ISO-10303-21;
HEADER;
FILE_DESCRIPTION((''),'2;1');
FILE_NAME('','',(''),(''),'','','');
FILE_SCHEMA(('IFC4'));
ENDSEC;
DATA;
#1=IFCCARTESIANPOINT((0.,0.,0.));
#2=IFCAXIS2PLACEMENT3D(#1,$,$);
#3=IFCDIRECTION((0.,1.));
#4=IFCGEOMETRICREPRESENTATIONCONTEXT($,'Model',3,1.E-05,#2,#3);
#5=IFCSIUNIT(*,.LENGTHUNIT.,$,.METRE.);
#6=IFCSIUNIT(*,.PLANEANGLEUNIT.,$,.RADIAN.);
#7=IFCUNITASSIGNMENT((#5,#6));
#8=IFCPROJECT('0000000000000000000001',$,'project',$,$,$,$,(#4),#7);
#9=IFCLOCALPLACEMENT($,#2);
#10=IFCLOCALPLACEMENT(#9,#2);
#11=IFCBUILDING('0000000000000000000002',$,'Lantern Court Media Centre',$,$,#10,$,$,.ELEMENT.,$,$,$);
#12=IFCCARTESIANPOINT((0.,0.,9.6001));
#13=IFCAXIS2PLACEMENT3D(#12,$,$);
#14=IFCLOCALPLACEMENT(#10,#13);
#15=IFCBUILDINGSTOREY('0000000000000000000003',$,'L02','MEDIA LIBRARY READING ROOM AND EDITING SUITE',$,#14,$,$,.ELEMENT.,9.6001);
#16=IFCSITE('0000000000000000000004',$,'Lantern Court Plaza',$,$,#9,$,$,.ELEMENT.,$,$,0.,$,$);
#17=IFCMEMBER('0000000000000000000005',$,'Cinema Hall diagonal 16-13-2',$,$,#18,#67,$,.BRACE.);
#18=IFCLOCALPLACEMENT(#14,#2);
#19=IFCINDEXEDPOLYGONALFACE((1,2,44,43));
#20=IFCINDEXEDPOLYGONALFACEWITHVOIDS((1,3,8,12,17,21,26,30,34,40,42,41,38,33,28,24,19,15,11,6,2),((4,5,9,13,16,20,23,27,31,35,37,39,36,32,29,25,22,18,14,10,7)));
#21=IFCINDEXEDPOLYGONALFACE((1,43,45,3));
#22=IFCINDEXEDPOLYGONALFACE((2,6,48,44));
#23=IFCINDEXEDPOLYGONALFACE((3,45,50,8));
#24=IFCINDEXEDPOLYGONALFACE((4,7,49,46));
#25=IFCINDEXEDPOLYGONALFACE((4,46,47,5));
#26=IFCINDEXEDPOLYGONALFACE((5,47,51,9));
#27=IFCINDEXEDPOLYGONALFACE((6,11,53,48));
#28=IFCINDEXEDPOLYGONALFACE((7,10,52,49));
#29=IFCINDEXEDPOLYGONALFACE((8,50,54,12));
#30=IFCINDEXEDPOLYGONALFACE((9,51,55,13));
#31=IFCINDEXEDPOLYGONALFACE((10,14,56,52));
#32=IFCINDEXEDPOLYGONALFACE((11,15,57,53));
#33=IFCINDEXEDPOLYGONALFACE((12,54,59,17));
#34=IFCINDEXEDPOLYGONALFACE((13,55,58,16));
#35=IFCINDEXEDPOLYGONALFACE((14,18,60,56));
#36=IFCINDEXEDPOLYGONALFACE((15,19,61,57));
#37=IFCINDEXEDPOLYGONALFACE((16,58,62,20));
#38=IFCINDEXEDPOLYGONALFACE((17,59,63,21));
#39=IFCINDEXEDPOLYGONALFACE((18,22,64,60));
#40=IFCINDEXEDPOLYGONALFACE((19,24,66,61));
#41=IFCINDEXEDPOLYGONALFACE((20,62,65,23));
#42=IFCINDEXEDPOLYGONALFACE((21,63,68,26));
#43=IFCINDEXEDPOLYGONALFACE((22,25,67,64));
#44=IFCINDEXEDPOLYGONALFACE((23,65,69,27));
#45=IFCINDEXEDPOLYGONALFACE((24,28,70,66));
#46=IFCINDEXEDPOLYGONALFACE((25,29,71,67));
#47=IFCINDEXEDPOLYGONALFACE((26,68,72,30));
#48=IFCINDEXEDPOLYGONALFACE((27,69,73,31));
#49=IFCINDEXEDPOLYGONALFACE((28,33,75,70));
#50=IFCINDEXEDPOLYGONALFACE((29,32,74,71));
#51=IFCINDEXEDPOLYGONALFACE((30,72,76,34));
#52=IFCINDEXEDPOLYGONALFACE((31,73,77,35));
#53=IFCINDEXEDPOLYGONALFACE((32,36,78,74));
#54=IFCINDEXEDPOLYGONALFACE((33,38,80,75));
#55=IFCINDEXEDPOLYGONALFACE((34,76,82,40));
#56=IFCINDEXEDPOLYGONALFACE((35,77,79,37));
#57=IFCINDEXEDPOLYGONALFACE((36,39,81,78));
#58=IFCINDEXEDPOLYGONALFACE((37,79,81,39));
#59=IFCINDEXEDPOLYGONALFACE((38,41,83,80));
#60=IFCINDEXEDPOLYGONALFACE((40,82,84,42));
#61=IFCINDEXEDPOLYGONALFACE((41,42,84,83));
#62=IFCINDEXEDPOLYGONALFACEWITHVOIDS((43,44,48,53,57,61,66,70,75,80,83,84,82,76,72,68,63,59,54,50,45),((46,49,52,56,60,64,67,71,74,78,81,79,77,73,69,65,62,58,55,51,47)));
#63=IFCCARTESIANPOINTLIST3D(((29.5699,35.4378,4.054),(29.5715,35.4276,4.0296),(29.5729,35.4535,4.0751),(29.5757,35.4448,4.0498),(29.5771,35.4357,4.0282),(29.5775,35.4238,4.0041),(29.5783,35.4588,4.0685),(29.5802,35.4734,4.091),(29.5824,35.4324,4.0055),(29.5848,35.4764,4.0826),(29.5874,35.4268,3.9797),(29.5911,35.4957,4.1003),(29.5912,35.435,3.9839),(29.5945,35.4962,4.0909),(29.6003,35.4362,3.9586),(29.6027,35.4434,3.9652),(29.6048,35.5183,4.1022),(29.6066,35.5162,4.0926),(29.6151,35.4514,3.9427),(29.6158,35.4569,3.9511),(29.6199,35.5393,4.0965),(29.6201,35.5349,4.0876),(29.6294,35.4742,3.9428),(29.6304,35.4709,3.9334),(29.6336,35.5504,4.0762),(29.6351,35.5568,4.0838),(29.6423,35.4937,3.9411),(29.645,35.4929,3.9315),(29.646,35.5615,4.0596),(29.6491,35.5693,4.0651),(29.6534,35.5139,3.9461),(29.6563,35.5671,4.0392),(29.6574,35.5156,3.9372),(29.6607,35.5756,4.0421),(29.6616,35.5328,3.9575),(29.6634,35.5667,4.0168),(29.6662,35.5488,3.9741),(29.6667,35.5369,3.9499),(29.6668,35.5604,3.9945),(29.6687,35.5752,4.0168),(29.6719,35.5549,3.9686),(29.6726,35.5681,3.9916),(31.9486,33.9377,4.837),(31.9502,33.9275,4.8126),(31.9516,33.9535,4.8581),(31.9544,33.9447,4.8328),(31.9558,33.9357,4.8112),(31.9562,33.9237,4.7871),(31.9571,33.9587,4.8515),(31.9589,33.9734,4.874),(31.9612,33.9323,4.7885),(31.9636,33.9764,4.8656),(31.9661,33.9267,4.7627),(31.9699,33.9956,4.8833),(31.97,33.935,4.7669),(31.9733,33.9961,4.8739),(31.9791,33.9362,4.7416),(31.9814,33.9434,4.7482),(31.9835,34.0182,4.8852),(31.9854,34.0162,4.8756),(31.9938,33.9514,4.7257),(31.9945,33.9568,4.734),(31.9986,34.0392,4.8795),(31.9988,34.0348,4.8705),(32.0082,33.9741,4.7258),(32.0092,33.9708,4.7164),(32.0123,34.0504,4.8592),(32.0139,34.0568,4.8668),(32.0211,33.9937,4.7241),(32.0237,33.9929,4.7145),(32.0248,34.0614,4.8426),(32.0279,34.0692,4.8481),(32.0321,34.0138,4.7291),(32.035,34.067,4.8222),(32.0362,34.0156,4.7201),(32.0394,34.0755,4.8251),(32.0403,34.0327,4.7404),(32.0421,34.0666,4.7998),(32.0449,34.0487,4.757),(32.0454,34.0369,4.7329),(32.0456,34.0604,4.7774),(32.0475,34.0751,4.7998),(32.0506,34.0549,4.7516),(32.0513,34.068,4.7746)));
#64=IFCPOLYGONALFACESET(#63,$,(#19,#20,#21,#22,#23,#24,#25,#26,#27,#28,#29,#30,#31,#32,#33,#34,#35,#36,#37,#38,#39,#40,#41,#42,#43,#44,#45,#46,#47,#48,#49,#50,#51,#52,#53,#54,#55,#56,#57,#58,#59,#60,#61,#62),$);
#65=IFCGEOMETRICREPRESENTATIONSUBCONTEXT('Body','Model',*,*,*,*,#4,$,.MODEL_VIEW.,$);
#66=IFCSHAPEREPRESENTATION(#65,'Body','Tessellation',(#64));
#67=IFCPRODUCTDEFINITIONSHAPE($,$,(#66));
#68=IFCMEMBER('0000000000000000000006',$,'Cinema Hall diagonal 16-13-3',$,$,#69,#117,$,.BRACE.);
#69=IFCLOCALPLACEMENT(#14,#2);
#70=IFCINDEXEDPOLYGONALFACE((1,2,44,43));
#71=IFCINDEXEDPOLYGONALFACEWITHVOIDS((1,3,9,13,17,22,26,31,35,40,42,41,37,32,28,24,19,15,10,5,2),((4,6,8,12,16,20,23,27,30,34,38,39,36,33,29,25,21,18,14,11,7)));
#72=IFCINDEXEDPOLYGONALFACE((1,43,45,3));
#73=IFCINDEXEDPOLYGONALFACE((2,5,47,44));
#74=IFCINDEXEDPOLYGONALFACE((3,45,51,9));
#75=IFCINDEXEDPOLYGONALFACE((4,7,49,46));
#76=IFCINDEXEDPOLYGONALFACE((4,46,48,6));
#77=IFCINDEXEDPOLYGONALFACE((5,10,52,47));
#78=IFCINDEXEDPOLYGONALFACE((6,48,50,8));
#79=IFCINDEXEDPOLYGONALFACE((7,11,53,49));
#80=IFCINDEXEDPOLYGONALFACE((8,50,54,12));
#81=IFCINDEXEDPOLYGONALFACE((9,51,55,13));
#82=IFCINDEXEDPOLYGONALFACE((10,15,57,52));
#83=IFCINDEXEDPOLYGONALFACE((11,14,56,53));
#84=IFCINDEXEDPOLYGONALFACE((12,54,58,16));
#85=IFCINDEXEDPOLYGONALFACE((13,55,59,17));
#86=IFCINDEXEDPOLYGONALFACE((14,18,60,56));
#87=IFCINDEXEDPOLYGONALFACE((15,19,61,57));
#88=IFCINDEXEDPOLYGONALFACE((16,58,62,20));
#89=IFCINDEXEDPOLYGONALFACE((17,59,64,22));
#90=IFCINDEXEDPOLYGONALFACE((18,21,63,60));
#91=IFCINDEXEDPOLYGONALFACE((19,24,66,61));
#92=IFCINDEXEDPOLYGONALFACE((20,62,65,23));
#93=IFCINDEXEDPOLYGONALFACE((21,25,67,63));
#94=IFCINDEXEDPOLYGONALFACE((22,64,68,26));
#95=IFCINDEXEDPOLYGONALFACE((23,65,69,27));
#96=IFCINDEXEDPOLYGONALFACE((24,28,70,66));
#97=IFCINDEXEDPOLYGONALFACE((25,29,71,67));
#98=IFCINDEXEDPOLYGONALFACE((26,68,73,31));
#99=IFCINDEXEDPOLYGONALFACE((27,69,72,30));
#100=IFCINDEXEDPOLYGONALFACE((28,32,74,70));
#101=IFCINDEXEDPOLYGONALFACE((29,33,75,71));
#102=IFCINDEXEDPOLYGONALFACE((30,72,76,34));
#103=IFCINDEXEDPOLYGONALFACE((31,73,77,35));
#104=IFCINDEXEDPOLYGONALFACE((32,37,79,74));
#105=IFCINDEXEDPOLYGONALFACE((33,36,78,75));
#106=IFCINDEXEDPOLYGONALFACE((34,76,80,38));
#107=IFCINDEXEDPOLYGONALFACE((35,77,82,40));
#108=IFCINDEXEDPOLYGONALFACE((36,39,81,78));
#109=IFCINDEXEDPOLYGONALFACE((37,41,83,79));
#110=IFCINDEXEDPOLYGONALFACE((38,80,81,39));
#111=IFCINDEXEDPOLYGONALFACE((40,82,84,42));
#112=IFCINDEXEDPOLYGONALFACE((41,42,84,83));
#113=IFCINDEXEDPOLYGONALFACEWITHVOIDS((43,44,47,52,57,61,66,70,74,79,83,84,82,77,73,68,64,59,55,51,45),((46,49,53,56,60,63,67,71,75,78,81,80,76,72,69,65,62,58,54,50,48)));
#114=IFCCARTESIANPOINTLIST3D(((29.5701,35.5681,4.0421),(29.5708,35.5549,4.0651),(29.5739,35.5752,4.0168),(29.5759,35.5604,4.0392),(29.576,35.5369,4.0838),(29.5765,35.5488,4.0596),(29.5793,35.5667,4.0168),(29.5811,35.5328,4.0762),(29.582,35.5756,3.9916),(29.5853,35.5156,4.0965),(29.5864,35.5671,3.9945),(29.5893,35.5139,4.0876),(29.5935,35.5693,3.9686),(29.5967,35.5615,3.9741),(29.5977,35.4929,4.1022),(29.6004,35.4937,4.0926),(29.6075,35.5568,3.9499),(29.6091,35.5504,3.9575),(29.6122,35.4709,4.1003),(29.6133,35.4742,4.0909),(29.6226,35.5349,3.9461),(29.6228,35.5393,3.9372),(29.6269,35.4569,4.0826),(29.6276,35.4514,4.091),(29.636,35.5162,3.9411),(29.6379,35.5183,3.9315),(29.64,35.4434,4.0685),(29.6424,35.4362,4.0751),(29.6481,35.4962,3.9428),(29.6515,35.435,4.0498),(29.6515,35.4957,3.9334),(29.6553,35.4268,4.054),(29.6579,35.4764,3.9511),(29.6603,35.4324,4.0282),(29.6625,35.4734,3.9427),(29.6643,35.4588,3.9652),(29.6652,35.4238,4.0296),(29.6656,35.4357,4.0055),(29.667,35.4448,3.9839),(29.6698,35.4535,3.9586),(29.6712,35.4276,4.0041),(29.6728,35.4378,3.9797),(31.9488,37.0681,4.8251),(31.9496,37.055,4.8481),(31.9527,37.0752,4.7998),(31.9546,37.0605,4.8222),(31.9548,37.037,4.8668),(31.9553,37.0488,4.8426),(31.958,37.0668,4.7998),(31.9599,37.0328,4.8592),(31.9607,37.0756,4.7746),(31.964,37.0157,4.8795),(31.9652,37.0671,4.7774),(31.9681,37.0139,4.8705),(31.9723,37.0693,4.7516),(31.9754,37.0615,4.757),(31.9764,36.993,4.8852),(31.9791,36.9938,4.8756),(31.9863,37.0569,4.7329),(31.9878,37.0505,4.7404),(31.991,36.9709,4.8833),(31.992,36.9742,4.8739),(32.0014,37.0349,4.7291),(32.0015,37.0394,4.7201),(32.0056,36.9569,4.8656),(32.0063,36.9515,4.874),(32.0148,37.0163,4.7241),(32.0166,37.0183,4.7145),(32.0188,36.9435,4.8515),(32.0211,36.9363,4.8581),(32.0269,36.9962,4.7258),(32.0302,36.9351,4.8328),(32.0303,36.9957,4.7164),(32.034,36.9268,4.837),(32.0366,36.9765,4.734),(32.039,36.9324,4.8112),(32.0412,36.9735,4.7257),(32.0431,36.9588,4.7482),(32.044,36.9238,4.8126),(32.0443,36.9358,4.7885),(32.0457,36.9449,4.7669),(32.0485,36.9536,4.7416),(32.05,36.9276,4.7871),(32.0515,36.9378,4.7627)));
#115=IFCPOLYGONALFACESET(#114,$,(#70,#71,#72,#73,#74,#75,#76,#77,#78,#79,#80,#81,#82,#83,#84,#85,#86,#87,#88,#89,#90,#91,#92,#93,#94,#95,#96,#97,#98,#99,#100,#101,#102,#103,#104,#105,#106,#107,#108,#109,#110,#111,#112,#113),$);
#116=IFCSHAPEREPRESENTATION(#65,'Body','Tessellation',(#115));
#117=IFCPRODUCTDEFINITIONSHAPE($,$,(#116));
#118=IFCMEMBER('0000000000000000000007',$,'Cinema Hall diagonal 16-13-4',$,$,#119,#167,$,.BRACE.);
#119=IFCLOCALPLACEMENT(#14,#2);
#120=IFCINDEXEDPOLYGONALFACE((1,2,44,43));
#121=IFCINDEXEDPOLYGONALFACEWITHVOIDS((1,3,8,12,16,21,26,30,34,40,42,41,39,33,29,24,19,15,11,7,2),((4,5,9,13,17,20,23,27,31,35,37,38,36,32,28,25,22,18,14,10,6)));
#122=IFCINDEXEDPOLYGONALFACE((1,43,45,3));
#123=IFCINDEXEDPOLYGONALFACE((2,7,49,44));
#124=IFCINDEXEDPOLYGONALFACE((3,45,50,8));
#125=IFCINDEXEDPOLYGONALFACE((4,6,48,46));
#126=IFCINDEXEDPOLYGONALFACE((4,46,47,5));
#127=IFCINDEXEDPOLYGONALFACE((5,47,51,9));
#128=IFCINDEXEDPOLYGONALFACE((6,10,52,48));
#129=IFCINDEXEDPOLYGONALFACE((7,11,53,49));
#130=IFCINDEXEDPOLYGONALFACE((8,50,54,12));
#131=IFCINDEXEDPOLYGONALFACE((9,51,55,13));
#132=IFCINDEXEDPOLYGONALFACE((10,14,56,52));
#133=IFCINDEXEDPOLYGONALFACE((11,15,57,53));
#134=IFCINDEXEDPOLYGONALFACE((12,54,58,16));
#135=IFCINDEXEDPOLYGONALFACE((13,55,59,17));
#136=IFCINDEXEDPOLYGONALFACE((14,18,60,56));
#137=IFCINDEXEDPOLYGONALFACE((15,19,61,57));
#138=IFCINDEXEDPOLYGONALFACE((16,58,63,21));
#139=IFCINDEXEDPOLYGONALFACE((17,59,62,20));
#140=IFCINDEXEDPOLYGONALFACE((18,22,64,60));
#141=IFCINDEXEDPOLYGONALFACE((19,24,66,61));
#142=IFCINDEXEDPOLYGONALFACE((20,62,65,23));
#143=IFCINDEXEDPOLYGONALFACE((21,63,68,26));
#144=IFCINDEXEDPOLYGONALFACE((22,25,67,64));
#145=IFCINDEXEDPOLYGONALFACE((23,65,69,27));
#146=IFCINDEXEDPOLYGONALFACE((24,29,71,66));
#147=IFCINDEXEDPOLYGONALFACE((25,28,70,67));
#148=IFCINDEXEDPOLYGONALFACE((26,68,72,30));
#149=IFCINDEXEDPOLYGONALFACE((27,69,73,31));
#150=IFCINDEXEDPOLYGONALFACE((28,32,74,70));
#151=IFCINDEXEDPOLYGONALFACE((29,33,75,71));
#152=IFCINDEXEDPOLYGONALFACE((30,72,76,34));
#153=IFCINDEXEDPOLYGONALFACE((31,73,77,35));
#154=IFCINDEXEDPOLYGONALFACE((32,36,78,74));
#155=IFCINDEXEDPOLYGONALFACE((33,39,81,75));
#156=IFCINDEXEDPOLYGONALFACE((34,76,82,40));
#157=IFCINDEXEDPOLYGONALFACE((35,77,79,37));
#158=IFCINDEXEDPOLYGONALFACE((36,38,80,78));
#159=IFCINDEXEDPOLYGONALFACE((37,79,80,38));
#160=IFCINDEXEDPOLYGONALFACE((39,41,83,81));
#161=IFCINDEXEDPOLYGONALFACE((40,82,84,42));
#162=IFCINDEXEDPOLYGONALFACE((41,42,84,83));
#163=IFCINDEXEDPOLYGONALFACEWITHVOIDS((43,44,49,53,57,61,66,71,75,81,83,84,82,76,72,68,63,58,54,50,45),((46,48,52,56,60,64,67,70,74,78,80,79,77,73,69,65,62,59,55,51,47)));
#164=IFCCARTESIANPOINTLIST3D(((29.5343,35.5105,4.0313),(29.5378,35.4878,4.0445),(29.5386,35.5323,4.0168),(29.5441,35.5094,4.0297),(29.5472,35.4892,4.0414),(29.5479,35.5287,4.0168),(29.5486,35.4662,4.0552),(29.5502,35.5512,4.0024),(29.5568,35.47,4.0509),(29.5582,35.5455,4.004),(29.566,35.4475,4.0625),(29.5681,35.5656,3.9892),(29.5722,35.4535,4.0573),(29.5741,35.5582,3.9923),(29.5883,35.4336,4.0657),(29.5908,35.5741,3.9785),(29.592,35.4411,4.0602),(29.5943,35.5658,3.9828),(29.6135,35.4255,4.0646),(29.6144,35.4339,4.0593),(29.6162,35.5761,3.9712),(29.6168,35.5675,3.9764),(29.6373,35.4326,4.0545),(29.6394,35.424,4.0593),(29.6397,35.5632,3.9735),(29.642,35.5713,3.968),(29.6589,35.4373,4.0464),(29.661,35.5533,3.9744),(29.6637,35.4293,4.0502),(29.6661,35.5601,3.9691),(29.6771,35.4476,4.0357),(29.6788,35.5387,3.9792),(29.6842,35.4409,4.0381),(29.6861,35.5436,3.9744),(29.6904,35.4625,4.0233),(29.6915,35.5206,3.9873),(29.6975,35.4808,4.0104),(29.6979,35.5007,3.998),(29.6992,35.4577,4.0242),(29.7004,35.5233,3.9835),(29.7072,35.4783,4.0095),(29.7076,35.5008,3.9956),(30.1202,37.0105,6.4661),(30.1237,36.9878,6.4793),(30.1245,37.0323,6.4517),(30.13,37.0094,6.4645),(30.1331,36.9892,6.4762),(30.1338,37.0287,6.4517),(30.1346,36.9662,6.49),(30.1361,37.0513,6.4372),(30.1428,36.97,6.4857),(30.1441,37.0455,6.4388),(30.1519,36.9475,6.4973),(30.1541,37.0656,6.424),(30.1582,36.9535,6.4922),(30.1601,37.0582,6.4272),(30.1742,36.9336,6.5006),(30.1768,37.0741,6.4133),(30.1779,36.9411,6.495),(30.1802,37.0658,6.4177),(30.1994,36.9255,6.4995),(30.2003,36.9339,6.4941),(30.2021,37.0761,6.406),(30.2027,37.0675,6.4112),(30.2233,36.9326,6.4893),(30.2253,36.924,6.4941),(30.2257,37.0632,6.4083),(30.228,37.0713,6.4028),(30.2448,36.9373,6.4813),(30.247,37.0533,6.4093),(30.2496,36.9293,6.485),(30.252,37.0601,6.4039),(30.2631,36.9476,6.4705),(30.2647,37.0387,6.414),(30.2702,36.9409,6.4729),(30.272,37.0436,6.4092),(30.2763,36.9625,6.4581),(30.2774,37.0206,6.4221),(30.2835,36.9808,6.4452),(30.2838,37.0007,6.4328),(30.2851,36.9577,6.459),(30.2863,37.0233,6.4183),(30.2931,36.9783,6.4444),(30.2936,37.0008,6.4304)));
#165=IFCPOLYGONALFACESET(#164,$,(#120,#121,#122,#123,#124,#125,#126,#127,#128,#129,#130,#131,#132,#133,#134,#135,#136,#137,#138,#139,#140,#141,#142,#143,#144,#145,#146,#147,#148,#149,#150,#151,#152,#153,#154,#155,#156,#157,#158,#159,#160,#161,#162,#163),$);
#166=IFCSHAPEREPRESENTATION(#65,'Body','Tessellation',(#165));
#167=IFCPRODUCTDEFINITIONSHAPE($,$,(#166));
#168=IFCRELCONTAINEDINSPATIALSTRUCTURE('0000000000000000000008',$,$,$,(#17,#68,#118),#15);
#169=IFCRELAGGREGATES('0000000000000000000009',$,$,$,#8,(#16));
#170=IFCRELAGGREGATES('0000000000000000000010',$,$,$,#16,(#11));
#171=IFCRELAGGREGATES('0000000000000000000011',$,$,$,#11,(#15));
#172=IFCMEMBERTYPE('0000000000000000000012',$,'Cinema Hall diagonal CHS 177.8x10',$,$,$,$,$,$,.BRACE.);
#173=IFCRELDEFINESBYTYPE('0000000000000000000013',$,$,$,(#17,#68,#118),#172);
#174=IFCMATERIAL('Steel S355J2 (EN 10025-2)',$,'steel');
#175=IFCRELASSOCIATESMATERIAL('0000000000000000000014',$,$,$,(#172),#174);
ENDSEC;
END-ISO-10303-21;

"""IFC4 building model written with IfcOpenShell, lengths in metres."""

from ifc_helpers import new_model, si_unit, direction, frame, origin, origin_2d, place, context, subcontext, project, spatial, hollow_circle, extrude, material, material_profile, profile_set, type_object, element, save


model = new_model("IFC4")

# Units and contexts
model_context = context("Model", 3, precision=1e-05, world=origin(), true_north=direction((0.0, 1.0)))
body_context = subcontext(model_context, "Body", "Model", "MODEL_VIEW")
ifc_project = project(units=[si_unit("LENGTHUNIT", "METRE"), si_unit("PLANEANGLEUNIT", "RADIAN")], contexts=[model_context])

# Site, building, storey
site_placement = place(None, origin())
site = spatial("IfcSite", under=ifc_project, at=site_placement, Name="Lantern Court Plaza", CompositionType="ELEMENT", RefElevation=0.0)
building_placement = place(site_placement, origin())
building = spatial("IfcBuilding", under=site, at=building_placement, Name="Lantern Court Media Centre", CompositionType="ELEMENT")
storey_placement = place(building_placement, frame((0.0, 0.0, 9.6001)))
storey = spatial("IfcBuildingStorey", under=building, at=storey_placement, Name="L02", Description="MEDIA LIBRARY READING ROOM AND EDITING SUITE", CompositionType="ELEMENT", Elevation=9.6001)

# Members
ifc_material_1 = material(Name="Steel S355J2 (EN 10025-2)", Category="steel")
ifc_material_profile_1 = material_profile(ifc_material_1, hollow_circle(Radius=0.0889, WallThickness=0.01, at=origin_2d()), Name="Cinema Hall diagonal CHS 177.8x10")
ifc_profile_set_1 = profile_set([ifc_material_profile_1], Name="Steel S355J2 (EN 10025-2)")
member_type_1 = type_object("IfcMemberType", Name="Cinema Hall diagonal CHS 177.8x10", PredefinedType="BRACE", material=ifc_profile_set_1)
for number, where, z_axis, x_axis, name in (
    (1, (29.6213, 35.5, 4.0168), (0.814866, -0.51386, 0.268221), (0.533405, 0.84586, 0.0), "Cinema Hall diagonal 16-13-2"),
    (2, (29.6213, 35.5, 4.0168), (0.814866, 0.51386, 0.268221), (-0.533405, 0.84586, 0.0), "Cinema Hall diagonal 16-13-3"),
    (3, (29.6213, 35.5, 4.0168), (0.20072, 0.513842, 0.834073), (-0.931457, 0.363851, 0.0), "Cinema Hall diagonal 16-13-4"),
):
    element("IfcMember", number, at=place(storey_placement, frame(where, z_axis=z_axis, x_axis=x_axis)), inside=storey, type_object=member_type_1, Name=name, PredefinedType="BRACE", context=body_context, shape_type="SweptSolid", body=[
        extrude(hollow_circle(Radius=0.0889, WallThickness=0.01, at=origin_2d()), origin(), (0.0, 0.0, 1.0), 2.9192),
    ])

save(model, "model.ifc")
